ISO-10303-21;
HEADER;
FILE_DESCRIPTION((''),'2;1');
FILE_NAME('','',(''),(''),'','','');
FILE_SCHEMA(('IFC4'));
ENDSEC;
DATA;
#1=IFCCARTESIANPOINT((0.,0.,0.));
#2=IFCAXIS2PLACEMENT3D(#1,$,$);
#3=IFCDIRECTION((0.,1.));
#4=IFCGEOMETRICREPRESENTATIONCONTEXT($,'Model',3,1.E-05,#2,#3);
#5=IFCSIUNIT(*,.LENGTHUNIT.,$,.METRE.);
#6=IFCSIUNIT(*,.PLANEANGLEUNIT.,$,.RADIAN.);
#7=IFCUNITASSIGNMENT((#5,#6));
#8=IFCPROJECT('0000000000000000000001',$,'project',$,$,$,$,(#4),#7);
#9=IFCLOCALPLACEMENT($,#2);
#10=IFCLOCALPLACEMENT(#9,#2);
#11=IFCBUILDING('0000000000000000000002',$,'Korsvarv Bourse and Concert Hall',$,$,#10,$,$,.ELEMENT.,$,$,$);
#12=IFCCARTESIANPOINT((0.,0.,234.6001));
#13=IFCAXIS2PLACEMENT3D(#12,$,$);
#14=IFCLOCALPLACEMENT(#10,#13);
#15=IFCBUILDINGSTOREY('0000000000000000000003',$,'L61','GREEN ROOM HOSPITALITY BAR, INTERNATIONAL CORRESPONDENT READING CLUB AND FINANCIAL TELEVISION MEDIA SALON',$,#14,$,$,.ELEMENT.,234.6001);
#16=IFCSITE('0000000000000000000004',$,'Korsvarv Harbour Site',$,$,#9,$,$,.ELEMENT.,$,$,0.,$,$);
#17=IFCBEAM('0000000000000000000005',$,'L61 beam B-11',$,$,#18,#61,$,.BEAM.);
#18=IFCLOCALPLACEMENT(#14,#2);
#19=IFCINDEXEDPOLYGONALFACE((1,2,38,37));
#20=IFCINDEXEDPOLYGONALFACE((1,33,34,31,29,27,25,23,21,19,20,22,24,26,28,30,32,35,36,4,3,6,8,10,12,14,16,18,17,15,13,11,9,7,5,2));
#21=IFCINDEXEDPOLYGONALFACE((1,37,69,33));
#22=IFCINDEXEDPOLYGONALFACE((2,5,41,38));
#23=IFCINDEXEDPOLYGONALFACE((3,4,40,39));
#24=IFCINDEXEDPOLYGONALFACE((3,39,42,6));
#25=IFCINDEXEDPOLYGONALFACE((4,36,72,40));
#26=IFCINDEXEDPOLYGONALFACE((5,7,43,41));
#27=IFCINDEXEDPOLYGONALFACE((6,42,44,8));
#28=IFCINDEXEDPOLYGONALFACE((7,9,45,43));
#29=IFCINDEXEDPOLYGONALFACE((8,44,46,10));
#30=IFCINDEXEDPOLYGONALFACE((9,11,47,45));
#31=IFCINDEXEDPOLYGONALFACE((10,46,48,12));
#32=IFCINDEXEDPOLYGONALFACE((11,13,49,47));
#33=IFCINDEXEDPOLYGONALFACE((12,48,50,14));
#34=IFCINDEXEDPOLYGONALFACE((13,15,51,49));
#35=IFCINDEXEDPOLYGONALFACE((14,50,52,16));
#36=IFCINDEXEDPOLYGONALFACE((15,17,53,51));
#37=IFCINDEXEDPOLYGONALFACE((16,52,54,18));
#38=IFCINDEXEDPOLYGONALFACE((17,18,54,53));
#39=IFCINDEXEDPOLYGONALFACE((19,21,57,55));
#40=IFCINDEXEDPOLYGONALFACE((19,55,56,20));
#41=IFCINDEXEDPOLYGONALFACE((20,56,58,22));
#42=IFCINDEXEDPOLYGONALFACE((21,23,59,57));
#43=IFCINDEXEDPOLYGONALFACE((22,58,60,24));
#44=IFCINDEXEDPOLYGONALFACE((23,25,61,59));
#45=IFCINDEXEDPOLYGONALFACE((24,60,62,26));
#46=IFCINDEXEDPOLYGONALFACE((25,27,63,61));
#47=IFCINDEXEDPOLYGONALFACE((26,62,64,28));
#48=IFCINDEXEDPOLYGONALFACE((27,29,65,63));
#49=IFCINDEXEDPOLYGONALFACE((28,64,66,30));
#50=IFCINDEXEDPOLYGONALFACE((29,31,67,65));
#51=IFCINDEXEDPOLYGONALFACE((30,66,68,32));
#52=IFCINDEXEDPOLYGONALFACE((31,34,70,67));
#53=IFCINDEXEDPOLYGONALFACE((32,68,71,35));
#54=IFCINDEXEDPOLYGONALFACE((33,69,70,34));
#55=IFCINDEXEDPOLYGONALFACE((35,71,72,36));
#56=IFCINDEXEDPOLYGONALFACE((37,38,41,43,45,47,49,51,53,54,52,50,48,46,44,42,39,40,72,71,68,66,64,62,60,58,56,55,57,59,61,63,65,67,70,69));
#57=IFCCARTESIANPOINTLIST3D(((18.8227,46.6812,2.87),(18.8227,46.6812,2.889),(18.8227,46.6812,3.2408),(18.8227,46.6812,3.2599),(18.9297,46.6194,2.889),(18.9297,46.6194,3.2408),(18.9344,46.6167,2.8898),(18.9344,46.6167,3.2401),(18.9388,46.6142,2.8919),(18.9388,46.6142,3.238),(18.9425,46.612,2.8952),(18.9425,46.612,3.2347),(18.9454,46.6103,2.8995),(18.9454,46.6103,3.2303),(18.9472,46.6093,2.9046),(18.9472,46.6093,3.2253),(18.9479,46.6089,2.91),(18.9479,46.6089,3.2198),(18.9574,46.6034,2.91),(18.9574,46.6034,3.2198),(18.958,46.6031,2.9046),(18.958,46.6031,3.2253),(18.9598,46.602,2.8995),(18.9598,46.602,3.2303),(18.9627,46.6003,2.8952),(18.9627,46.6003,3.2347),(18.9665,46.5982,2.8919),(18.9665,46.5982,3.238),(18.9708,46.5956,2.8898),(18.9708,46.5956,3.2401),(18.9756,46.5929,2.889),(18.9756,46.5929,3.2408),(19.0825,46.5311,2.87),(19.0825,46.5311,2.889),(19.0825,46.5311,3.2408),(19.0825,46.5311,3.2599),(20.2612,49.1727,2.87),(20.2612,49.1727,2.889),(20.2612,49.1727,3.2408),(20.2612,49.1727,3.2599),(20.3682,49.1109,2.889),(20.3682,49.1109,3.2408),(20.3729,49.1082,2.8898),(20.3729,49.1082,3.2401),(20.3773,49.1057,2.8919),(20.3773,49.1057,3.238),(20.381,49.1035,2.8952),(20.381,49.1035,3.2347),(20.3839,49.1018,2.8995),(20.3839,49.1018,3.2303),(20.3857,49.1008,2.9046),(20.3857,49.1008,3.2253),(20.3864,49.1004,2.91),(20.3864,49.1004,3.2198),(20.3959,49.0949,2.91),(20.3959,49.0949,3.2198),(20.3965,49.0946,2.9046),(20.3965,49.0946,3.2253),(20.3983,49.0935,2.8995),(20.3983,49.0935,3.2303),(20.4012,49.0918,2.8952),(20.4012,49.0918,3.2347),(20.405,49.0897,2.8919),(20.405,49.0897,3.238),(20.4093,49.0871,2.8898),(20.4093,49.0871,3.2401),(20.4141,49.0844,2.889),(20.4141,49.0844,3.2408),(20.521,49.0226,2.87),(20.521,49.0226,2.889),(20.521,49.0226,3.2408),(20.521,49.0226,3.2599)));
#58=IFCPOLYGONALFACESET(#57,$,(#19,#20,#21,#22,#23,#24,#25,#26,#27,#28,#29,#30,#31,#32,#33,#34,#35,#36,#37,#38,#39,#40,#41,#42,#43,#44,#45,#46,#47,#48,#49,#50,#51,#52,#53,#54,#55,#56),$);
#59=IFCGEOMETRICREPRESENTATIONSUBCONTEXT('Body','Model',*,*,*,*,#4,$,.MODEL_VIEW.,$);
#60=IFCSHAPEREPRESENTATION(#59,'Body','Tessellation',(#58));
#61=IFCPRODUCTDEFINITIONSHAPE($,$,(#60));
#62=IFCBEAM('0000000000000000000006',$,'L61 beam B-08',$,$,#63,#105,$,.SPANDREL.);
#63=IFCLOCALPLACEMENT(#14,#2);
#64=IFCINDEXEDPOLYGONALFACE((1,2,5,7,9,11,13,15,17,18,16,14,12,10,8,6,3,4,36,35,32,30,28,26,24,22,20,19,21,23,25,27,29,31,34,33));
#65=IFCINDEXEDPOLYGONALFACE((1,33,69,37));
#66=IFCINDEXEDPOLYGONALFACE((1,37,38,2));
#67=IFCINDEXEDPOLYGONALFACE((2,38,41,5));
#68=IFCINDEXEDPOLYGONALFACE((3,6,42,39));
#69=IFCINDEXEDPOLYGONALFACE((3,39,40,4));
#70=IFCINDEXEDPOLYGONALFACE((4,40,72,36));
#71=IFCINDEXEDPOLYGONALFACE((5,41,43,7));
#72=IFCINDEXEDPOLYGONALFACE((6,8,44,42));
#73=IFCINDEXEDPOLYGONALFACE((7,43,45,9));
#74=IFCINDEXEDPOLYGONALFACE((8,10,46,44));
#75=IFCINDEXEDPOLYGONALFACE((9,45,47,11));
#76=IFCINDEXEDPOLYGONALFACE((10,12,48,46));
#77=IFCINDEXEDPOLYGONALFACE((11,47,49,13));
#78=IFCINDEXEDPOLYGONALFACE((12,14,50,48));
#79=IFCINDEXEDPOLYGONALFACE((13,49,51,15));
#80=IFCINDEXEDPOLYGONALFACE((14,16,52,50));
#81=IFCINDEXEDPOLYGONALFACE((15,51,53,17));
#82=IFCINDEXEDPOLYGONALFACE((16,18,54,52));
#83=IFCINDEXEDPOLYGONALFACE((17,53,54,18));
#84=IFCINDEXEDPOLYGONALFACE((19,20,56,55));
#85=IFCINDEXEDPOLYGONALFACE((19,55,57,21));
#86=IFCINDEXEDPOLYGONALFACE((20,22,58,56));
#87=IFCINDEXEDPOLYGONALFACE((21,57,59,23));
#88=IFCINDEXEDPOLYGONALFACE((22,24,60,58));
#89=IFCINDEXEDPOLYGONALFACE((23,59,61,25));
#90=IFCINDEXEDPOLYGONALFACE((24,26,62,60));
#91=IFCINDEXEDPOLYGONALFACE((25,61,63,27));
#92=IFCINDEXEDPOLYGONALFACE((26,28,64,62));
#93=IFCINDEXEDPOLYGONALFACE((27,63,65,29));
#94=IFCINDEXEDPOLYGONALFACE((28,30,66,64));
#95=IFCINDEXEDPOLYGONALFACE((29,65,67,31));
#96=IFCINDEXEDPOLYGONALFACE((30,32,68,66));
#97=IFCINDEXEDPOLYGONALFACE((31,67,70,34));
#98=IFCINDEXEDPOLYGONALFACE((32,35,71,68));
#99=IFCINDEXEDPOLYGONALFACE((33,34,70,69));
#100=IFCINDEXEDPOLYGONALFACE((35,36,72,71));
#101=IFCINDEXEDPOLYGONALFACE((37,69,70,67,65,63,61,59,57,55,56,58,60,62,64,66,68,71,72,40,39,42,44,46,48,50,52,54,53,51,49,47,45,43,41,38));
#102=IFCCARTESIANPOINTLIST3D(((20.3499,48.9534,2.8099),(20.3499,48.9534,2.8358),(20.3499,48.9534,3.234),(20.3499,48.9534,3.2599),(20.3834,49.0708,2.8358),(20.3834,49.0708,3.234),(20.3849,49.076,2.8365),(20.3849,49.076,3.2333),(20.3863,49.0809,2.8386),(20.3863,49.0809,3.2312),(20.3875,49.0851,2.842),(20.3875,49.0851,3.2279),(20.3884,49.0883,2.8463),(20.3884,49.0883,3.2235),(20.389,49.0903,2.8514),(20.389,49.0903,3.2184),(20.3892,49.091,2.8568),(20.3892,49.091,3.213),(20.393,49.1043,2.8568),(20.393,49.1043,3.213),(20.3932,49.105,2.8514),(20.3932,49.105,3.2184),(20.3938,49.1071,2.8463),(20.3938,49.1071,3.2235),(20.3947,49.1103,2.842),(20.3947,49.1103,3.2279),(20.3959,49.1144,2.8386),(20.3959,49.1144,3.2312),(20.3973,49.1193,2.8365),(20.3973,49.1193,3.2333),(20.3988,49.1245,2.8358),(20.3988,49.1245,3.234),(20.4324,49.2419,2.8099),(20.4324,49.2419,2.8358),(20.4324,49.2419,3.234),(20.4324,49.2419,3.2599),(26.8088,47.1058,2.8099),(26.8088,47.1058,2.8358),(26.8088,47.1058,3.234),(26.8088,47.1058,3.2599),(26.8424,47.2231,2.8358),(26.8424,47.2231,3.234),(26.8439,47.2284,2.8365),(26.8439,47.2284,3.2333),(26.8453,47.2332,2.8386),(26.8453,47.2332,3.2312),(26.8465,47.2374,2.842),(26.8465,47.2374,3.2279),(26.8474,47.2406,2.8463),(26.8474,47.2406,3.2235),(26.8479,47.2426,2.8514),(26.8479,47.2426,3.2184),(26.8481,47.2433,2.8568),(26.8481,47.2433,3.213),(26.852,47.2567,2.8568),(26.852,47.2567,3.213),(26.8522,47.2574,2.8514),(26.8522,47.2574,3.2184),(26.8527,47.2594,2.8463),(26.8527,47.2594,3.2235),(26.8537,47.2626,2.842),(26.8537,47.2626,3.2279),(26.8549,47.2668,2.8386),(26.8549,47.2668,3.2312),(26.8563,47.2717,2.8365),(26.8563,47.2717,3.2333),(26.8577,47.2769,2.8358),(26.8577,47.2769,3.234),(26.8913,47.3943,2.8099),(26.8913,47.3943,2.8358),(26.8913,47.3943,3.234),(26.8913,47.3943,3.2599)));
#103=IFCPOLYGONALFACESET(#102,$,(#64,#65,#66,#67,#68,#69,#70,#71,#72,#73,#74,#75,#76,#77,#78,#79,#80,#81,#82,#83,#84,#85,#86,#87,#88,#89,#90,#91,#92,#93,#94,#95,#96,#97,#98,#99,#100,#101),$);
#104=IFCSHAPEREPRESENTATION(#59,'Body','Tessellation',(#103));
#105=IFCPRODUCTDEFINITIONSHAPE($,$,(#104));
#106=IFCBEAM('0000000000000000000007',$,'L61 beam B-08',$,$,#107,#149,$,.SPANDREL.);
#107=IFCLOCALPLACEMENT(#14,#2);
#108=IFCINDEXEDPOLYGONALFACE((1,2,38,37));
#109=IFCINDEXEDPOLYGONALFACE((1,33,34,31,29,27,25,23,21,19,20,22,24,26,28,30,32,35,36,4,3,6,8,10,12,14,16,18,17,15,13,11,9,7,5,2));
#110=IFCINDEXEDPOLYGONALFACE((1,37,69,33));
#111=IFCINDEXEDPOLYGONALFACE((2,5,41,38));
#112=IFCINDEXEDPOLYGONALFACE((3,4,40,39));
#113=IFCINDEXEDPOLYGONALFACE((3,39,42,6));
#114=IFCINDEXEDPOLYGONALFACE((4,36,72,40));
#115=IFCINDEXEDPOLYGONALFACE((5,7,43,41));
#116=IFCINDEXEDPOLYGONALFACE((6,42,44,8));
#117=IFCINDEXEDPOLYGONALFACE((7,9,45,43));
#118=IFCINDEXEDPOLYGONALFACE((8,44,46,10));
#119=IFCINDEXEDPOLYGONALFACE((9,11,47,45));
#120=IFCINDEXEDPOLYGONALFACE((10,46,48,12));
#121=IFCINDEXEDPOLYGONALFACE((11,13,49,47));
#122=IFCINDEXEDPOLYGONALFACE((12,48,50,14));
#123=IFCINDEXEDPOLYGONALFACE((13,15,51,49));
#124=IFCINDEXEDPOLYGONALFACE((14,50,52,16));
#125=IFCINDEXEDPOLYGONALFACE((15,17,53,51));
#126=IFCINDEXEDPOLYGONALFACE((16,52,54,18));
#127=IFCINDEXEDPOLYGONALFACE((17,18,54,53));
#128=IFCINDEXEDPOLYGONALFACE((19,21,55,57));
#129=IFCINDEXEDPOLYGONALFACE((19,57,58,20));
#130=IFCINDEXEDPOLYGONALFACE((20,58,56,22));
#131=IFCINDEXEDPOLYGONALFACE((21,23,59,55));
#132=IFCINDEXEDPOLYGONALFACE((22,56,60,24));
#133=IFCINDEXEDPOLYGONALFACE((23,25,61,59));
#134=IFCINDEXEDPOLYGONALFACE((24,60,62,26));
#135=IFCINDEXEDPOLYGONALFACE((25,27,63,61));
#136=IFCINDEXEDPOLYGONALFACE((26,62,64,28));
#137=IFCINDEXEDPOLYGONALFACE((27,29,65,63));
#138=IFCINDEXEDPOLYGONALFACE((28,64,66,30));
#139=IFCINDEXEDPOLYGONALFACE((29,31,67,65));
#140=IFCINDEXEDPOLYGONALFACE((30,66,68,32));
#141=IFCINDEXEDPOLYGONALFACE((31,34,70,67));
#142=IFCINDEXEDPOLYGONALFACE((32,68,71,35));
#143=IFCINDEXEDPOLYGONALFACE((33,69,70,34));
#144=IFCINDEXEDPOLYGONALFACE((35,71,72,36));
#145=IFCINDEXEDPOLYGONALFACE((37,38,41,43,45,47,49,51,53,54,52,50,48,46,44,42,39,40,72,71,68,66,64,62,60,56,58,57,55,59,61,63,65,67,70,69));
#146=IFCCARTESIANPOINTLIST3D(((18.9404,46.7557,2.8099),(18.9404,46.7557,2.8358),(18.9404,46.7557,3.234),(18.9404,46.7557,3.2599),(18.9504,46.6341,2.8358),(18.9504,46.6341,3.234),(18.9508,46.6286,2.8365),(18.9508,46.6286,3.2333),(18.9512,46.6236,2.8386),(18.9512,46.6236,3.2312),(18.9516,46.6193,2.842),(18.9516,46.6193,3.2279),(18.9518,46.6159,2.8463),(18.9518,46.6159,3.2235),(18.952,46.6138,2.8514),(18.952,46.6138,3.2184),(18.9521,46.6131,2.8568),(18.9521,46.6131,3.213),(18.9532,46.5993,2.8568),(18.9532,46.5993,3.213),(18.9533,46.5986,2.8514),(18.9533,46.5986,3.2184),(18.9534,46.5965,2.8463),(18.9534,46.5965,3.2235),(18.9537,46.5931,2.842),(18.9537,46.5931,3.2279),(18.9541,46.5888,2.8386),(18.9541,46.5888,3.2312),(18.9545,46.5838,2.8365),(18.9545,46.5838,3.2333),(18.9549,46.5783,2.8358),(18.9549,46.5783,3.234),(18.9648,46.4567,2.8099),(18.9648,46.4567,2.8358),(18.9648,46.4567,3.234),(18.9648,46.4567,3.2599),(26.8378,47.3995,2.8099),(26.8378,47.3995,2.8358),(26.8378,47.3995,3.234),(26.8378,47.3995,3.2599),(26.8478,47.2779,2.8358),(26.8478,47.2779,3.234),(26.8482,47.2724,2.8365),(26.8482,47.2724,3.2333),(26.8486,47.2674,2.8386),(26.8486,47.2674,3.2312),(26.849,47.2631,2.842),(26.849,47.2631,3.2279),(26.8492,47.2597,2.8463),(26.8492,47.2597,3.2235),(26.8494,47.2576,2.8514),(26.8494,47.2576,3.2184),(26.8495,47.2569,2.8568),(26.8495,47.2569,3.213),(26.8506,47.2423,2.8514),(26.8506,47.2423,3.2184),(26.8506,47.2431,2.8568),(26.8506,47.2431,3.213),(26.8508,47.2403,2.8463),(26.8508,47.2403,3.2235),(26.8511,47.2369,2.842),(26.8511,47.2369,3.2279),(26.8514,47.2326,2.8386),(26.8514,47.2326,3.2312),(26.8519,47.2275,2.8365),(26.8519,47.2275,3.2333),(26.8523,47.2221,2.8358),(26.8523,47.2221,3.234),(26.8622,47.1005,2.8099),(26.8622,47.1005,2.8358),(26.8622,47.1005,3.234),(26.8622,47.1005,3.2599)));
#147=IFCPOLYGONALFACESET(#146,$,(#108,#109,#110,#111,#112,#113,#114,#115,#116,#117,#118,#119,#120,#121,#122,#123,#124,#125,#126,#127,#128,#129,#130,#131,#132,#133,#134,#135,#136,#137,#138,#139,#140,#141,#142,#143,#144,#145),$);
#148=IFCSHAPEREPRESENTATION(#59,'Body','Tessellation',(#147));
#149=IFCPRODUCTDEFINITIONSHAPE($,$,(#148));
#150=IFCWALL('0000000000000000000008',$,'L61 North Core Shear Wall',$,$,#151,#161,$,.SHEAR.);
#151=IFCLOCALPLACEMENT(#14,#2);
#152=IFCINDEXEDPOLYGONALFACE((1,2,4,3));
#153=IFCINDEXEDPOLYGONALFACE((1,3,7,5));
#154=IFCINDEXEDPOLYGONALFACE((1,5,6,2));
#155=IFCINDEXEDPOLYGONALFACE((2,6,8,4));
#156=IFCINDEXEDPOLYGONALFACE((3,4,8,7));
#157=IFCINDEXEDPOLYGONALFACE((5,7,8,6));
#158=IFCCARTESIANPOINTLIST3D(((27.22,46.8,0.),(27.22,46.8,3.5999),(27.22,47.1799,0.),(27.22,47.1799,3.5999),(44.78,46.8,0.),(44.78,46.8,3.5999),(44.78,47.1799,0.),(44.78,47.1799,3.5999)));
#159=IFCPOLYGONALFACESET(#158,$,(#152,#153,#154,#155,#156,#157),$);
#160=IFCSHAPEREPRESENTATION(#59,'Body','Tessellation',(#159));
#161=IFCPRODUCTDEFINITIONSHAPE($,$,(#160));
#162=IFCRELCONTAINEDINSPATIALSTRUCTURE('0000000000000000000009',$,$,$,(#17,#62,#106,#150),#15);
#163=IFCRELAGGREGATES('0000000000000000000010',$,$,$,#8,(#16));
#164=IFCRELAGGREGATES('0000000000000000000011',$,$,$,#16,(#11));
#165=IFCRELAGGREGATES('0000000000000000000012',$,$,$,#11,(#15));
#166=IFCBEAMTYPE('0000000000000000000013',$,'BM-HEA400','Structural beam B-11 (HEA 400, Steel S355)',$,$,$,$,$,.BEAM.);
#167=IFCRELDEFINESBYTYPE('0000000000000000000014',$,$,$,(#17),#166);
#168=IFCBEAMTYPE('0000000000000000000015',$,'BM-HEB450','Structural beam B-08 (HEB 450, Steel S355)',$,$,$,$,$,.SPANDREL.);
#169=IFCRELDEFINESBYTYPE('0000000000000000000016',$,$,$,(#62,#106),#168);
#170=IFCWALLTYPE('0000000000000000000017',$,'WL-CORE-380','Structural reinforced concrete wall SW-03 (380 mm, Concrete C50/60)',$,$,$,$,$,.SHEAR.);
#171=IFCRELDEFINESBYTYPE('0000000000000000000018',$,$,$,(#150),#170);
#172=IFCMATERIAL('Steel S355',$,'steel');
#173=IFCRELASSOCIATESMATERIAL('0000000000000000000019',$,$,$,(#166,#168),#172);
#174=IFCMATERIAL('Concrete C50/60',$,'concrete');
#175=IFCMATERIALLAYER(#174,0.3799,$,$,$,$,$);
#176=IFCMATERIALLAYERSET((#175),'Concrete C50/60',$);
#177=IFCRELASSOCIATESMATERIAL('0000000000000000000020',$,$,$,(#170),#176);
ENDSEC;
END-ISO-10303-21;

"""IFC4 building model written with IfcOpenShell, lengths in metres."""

from ifc_helpers import new_model, si_unit, direction, frame, frame_2d, origin, origin_2d, place, context, subcontext, project, spatial, rectangle, i_section, extrude, source, transform, mapped, material, layer, layer_set, material_profile, profile_set, type_object, element, save


model = new_model("IFC4")

# Units and contexts
model_context = context("Model", 3, precision=1e-05, world=origin(), true_north=direction((0.0, 1.0)))
body_context = subcontext(model_context, "Body", "Model", "MODEL_VIEW")
ifc_project = project(units=[si_unit("LENGTHUNIT", "METRE"), si_unit("PLANEANGLEUNIT", "RADIAN")], contexts=[model_context])

# Site, building, storey
site_placement = place(None, origin())
site = spatial("IfcSite", under=ifc_project, at=site_placement, Name="Korsvarv Harbour Site", CompositionType="ELEMENT", RefElevation=0.0)
building_placement = place(site_placement, origin())
building = spatial("IfcBuilding", under=site, at=building_placement, Name="Korsvarv Bourse and Concert Hall", CompositionType="ELEMENT")
storey_placement = place(building_placement, frame((0.0, 0.0, 234.6001)))
storey = spatial("IfcBuildingStorey", under=building, at=storey_placement, Name="L61", Description="GREEN ROOM HOSPITALITY BAR, INTERNATIONAL CORRESPONDENT READING CLUB AND FINANCIAL TELEVISION MEDIA SALON", CompositionType="ELEMENT", Elevation=234.6001)

# Shared definitions
ifc_material_1 = material(Name="Steel S355", Category="steel")

# Beams
ifc_material_profile_1 = material_profile(ifc_material_1, i_section(OverallWidth=0.3, OverallDepth=0.3899, WebThickness=0.011, FlangeThickness=0.019, FilletRadius=0.021, at=origin_2d()), Name="HEA 400")
ifc_profile_set_1 = profile_set([ifc_material_profile_1], Name="Steel S355")
beam_type_1 = type_object("IfcBeamType", Name="BM-HEA400", Description="Structural beam B-11 (HEA 400, Steel S355)", PredefinedType="BEAM", material=ifc_profile_set_1)
shared_shape_1 = source(origin(), body_context, "Body", "SweptSolid", [
    extrude(i_section(OverallWidth=0.3, OverallDepth=0.3899, WebThickness=0.011, FlangeThickness=0.019, FilletRadius=0.021, at=origin_2d()), origin(), (0.0, 0.0, 1.0), 2.877),
])
beam_1_placement = place(storey_placement, frame((20.3911, 49.0977, 3.0649), z_axis=(-0.500009, -0.86602, 0.0), x_axis=(0.86602, -0.500009, 0.0)))
element("IfcBeam", 1, at=beam_1_placement, inside=storey, type_object=beam_type_1, Name="L61 beam B-11", PredefinedType="BEAM", context=body_context, shape_type="MappedRepresentation", body=[
    mapped(shared_shape_1, transform((0.0, 0.0, 0.0), scale=1.0)),
])
ifc_material_profile_2 = material_profile(ifc_material_1, i_section(OverallWidth=0.3, OverallDepth=0.45, WebThickness=0.0139, FlangeThickness=0.0259, FilletRadius=0.021, at=origin_2d()), Name="HEB 450")
ifc_profile_set_2 = profile_set([ifc_material_profile_2], Name="Steel S355")
beam_type_2 = type_object("IfcBeamType", Name="BM-HEB450", Description="Structural beam B-08 (HEB 450, Steel S355)", PredefinedType="SPANDREL", material=ifc_profile_set_2)
shared_shape_2 = source(origin(), body_context, "Body", "SweptSolid", [
    extrude(i_section(OverallWidth=0.3, OverallDepth=0.45, WebThickness=0.0139, FlangeThickness=0.0259, FilletRadius=0.021, at=origin_2d()), origin(), (0.0, 0.0, 1.0), 6.718),
])
beam_2_placement = place(storey_placement, frame((20.3911, 49.0977, 3.0349), z_axis=(0.961436, -0.275028, 0.0), x_axis=(0.275028, 0.961436, 0.0)))
element("IfcBeam", 2, at=beam_2_placement, inside=storey, type_object=beam_type_2, Name="L61 beam B-08", PredefinedType="SPANDREL", context=body_context, shape_type="MappedRepresentation", body=[
    mapped(shared_shape_2, transform((0.0, 0.0, 0.0), scale=1.0)),
])
shared_shape_3 = source(origin(), body_context, "Body", "SweptSolid", [
    extrude(i_section(OverallWidth=0.3, OverallDepth=0.45, WebThickness=0.0139, FlangeThickness=0.0259, FilletRadius=0.021, at=origin_2d()), origin(), (0.0, 0.0, 1.0), 7.9236),
])
beam_3_placement = place(storey_placement, frame((18.9526, 46.6062, 3.0349), z_axis=(0.996694, 0.08125, 0.0), x_axis=(-0.08125, 0.996694, 0.0)))
element("IfcBeam", 3, at=beam_3_placement, inside=storey, type_object=beam_type_2, Name="L61 beam B-08", PredefinedType="SPANDREL", context=body_context, shape_type="MappedRepresentation", body=[
    mapped(shared_shape_3, transform((0.0, 0.0, 0.0), scale=1.0)),
])

# Wall
ifc_material_2 = material(Name="Concrete C50/60", Category="concrete")
ifc_layer_1 = layer(ifc_material_2, 0.3799)
ifc_layer_set_1 = layer_set([ifc_layer_1], Name="Concrete C50/60")
wall_type_1 = type_object("IfcWallType", Name="WL-CORE-380", Description="Structural reinforced concrete wall SW-03 (380 mm, Concrete C50/60)", PredefinedType="SHEAR", material=ifc_layer_set_1)
wall_1_placement = place(storey_placement, frame((27.22, 46.99, 0.0), z_axis=(0.0, 0.0, 1.0), x_axis=(1.0, 0.0, 0.0)))
element("IfcWall", 4, at=wall_1_placement, inside=storey, type_object=wall_type_1, Name="L61 North Core Shear Wall", PredefinedType="SHEAR", context=body_context, shape_type="SweptSolid", body=[
    extrude(rectangle(XDim=17.5601, YDim=0.3799, at=frame_2d((8.78, 0.0))), origin(), (0.0, 0.0, 1.0), 3.5999),
])

save(model, "model.ifc")
